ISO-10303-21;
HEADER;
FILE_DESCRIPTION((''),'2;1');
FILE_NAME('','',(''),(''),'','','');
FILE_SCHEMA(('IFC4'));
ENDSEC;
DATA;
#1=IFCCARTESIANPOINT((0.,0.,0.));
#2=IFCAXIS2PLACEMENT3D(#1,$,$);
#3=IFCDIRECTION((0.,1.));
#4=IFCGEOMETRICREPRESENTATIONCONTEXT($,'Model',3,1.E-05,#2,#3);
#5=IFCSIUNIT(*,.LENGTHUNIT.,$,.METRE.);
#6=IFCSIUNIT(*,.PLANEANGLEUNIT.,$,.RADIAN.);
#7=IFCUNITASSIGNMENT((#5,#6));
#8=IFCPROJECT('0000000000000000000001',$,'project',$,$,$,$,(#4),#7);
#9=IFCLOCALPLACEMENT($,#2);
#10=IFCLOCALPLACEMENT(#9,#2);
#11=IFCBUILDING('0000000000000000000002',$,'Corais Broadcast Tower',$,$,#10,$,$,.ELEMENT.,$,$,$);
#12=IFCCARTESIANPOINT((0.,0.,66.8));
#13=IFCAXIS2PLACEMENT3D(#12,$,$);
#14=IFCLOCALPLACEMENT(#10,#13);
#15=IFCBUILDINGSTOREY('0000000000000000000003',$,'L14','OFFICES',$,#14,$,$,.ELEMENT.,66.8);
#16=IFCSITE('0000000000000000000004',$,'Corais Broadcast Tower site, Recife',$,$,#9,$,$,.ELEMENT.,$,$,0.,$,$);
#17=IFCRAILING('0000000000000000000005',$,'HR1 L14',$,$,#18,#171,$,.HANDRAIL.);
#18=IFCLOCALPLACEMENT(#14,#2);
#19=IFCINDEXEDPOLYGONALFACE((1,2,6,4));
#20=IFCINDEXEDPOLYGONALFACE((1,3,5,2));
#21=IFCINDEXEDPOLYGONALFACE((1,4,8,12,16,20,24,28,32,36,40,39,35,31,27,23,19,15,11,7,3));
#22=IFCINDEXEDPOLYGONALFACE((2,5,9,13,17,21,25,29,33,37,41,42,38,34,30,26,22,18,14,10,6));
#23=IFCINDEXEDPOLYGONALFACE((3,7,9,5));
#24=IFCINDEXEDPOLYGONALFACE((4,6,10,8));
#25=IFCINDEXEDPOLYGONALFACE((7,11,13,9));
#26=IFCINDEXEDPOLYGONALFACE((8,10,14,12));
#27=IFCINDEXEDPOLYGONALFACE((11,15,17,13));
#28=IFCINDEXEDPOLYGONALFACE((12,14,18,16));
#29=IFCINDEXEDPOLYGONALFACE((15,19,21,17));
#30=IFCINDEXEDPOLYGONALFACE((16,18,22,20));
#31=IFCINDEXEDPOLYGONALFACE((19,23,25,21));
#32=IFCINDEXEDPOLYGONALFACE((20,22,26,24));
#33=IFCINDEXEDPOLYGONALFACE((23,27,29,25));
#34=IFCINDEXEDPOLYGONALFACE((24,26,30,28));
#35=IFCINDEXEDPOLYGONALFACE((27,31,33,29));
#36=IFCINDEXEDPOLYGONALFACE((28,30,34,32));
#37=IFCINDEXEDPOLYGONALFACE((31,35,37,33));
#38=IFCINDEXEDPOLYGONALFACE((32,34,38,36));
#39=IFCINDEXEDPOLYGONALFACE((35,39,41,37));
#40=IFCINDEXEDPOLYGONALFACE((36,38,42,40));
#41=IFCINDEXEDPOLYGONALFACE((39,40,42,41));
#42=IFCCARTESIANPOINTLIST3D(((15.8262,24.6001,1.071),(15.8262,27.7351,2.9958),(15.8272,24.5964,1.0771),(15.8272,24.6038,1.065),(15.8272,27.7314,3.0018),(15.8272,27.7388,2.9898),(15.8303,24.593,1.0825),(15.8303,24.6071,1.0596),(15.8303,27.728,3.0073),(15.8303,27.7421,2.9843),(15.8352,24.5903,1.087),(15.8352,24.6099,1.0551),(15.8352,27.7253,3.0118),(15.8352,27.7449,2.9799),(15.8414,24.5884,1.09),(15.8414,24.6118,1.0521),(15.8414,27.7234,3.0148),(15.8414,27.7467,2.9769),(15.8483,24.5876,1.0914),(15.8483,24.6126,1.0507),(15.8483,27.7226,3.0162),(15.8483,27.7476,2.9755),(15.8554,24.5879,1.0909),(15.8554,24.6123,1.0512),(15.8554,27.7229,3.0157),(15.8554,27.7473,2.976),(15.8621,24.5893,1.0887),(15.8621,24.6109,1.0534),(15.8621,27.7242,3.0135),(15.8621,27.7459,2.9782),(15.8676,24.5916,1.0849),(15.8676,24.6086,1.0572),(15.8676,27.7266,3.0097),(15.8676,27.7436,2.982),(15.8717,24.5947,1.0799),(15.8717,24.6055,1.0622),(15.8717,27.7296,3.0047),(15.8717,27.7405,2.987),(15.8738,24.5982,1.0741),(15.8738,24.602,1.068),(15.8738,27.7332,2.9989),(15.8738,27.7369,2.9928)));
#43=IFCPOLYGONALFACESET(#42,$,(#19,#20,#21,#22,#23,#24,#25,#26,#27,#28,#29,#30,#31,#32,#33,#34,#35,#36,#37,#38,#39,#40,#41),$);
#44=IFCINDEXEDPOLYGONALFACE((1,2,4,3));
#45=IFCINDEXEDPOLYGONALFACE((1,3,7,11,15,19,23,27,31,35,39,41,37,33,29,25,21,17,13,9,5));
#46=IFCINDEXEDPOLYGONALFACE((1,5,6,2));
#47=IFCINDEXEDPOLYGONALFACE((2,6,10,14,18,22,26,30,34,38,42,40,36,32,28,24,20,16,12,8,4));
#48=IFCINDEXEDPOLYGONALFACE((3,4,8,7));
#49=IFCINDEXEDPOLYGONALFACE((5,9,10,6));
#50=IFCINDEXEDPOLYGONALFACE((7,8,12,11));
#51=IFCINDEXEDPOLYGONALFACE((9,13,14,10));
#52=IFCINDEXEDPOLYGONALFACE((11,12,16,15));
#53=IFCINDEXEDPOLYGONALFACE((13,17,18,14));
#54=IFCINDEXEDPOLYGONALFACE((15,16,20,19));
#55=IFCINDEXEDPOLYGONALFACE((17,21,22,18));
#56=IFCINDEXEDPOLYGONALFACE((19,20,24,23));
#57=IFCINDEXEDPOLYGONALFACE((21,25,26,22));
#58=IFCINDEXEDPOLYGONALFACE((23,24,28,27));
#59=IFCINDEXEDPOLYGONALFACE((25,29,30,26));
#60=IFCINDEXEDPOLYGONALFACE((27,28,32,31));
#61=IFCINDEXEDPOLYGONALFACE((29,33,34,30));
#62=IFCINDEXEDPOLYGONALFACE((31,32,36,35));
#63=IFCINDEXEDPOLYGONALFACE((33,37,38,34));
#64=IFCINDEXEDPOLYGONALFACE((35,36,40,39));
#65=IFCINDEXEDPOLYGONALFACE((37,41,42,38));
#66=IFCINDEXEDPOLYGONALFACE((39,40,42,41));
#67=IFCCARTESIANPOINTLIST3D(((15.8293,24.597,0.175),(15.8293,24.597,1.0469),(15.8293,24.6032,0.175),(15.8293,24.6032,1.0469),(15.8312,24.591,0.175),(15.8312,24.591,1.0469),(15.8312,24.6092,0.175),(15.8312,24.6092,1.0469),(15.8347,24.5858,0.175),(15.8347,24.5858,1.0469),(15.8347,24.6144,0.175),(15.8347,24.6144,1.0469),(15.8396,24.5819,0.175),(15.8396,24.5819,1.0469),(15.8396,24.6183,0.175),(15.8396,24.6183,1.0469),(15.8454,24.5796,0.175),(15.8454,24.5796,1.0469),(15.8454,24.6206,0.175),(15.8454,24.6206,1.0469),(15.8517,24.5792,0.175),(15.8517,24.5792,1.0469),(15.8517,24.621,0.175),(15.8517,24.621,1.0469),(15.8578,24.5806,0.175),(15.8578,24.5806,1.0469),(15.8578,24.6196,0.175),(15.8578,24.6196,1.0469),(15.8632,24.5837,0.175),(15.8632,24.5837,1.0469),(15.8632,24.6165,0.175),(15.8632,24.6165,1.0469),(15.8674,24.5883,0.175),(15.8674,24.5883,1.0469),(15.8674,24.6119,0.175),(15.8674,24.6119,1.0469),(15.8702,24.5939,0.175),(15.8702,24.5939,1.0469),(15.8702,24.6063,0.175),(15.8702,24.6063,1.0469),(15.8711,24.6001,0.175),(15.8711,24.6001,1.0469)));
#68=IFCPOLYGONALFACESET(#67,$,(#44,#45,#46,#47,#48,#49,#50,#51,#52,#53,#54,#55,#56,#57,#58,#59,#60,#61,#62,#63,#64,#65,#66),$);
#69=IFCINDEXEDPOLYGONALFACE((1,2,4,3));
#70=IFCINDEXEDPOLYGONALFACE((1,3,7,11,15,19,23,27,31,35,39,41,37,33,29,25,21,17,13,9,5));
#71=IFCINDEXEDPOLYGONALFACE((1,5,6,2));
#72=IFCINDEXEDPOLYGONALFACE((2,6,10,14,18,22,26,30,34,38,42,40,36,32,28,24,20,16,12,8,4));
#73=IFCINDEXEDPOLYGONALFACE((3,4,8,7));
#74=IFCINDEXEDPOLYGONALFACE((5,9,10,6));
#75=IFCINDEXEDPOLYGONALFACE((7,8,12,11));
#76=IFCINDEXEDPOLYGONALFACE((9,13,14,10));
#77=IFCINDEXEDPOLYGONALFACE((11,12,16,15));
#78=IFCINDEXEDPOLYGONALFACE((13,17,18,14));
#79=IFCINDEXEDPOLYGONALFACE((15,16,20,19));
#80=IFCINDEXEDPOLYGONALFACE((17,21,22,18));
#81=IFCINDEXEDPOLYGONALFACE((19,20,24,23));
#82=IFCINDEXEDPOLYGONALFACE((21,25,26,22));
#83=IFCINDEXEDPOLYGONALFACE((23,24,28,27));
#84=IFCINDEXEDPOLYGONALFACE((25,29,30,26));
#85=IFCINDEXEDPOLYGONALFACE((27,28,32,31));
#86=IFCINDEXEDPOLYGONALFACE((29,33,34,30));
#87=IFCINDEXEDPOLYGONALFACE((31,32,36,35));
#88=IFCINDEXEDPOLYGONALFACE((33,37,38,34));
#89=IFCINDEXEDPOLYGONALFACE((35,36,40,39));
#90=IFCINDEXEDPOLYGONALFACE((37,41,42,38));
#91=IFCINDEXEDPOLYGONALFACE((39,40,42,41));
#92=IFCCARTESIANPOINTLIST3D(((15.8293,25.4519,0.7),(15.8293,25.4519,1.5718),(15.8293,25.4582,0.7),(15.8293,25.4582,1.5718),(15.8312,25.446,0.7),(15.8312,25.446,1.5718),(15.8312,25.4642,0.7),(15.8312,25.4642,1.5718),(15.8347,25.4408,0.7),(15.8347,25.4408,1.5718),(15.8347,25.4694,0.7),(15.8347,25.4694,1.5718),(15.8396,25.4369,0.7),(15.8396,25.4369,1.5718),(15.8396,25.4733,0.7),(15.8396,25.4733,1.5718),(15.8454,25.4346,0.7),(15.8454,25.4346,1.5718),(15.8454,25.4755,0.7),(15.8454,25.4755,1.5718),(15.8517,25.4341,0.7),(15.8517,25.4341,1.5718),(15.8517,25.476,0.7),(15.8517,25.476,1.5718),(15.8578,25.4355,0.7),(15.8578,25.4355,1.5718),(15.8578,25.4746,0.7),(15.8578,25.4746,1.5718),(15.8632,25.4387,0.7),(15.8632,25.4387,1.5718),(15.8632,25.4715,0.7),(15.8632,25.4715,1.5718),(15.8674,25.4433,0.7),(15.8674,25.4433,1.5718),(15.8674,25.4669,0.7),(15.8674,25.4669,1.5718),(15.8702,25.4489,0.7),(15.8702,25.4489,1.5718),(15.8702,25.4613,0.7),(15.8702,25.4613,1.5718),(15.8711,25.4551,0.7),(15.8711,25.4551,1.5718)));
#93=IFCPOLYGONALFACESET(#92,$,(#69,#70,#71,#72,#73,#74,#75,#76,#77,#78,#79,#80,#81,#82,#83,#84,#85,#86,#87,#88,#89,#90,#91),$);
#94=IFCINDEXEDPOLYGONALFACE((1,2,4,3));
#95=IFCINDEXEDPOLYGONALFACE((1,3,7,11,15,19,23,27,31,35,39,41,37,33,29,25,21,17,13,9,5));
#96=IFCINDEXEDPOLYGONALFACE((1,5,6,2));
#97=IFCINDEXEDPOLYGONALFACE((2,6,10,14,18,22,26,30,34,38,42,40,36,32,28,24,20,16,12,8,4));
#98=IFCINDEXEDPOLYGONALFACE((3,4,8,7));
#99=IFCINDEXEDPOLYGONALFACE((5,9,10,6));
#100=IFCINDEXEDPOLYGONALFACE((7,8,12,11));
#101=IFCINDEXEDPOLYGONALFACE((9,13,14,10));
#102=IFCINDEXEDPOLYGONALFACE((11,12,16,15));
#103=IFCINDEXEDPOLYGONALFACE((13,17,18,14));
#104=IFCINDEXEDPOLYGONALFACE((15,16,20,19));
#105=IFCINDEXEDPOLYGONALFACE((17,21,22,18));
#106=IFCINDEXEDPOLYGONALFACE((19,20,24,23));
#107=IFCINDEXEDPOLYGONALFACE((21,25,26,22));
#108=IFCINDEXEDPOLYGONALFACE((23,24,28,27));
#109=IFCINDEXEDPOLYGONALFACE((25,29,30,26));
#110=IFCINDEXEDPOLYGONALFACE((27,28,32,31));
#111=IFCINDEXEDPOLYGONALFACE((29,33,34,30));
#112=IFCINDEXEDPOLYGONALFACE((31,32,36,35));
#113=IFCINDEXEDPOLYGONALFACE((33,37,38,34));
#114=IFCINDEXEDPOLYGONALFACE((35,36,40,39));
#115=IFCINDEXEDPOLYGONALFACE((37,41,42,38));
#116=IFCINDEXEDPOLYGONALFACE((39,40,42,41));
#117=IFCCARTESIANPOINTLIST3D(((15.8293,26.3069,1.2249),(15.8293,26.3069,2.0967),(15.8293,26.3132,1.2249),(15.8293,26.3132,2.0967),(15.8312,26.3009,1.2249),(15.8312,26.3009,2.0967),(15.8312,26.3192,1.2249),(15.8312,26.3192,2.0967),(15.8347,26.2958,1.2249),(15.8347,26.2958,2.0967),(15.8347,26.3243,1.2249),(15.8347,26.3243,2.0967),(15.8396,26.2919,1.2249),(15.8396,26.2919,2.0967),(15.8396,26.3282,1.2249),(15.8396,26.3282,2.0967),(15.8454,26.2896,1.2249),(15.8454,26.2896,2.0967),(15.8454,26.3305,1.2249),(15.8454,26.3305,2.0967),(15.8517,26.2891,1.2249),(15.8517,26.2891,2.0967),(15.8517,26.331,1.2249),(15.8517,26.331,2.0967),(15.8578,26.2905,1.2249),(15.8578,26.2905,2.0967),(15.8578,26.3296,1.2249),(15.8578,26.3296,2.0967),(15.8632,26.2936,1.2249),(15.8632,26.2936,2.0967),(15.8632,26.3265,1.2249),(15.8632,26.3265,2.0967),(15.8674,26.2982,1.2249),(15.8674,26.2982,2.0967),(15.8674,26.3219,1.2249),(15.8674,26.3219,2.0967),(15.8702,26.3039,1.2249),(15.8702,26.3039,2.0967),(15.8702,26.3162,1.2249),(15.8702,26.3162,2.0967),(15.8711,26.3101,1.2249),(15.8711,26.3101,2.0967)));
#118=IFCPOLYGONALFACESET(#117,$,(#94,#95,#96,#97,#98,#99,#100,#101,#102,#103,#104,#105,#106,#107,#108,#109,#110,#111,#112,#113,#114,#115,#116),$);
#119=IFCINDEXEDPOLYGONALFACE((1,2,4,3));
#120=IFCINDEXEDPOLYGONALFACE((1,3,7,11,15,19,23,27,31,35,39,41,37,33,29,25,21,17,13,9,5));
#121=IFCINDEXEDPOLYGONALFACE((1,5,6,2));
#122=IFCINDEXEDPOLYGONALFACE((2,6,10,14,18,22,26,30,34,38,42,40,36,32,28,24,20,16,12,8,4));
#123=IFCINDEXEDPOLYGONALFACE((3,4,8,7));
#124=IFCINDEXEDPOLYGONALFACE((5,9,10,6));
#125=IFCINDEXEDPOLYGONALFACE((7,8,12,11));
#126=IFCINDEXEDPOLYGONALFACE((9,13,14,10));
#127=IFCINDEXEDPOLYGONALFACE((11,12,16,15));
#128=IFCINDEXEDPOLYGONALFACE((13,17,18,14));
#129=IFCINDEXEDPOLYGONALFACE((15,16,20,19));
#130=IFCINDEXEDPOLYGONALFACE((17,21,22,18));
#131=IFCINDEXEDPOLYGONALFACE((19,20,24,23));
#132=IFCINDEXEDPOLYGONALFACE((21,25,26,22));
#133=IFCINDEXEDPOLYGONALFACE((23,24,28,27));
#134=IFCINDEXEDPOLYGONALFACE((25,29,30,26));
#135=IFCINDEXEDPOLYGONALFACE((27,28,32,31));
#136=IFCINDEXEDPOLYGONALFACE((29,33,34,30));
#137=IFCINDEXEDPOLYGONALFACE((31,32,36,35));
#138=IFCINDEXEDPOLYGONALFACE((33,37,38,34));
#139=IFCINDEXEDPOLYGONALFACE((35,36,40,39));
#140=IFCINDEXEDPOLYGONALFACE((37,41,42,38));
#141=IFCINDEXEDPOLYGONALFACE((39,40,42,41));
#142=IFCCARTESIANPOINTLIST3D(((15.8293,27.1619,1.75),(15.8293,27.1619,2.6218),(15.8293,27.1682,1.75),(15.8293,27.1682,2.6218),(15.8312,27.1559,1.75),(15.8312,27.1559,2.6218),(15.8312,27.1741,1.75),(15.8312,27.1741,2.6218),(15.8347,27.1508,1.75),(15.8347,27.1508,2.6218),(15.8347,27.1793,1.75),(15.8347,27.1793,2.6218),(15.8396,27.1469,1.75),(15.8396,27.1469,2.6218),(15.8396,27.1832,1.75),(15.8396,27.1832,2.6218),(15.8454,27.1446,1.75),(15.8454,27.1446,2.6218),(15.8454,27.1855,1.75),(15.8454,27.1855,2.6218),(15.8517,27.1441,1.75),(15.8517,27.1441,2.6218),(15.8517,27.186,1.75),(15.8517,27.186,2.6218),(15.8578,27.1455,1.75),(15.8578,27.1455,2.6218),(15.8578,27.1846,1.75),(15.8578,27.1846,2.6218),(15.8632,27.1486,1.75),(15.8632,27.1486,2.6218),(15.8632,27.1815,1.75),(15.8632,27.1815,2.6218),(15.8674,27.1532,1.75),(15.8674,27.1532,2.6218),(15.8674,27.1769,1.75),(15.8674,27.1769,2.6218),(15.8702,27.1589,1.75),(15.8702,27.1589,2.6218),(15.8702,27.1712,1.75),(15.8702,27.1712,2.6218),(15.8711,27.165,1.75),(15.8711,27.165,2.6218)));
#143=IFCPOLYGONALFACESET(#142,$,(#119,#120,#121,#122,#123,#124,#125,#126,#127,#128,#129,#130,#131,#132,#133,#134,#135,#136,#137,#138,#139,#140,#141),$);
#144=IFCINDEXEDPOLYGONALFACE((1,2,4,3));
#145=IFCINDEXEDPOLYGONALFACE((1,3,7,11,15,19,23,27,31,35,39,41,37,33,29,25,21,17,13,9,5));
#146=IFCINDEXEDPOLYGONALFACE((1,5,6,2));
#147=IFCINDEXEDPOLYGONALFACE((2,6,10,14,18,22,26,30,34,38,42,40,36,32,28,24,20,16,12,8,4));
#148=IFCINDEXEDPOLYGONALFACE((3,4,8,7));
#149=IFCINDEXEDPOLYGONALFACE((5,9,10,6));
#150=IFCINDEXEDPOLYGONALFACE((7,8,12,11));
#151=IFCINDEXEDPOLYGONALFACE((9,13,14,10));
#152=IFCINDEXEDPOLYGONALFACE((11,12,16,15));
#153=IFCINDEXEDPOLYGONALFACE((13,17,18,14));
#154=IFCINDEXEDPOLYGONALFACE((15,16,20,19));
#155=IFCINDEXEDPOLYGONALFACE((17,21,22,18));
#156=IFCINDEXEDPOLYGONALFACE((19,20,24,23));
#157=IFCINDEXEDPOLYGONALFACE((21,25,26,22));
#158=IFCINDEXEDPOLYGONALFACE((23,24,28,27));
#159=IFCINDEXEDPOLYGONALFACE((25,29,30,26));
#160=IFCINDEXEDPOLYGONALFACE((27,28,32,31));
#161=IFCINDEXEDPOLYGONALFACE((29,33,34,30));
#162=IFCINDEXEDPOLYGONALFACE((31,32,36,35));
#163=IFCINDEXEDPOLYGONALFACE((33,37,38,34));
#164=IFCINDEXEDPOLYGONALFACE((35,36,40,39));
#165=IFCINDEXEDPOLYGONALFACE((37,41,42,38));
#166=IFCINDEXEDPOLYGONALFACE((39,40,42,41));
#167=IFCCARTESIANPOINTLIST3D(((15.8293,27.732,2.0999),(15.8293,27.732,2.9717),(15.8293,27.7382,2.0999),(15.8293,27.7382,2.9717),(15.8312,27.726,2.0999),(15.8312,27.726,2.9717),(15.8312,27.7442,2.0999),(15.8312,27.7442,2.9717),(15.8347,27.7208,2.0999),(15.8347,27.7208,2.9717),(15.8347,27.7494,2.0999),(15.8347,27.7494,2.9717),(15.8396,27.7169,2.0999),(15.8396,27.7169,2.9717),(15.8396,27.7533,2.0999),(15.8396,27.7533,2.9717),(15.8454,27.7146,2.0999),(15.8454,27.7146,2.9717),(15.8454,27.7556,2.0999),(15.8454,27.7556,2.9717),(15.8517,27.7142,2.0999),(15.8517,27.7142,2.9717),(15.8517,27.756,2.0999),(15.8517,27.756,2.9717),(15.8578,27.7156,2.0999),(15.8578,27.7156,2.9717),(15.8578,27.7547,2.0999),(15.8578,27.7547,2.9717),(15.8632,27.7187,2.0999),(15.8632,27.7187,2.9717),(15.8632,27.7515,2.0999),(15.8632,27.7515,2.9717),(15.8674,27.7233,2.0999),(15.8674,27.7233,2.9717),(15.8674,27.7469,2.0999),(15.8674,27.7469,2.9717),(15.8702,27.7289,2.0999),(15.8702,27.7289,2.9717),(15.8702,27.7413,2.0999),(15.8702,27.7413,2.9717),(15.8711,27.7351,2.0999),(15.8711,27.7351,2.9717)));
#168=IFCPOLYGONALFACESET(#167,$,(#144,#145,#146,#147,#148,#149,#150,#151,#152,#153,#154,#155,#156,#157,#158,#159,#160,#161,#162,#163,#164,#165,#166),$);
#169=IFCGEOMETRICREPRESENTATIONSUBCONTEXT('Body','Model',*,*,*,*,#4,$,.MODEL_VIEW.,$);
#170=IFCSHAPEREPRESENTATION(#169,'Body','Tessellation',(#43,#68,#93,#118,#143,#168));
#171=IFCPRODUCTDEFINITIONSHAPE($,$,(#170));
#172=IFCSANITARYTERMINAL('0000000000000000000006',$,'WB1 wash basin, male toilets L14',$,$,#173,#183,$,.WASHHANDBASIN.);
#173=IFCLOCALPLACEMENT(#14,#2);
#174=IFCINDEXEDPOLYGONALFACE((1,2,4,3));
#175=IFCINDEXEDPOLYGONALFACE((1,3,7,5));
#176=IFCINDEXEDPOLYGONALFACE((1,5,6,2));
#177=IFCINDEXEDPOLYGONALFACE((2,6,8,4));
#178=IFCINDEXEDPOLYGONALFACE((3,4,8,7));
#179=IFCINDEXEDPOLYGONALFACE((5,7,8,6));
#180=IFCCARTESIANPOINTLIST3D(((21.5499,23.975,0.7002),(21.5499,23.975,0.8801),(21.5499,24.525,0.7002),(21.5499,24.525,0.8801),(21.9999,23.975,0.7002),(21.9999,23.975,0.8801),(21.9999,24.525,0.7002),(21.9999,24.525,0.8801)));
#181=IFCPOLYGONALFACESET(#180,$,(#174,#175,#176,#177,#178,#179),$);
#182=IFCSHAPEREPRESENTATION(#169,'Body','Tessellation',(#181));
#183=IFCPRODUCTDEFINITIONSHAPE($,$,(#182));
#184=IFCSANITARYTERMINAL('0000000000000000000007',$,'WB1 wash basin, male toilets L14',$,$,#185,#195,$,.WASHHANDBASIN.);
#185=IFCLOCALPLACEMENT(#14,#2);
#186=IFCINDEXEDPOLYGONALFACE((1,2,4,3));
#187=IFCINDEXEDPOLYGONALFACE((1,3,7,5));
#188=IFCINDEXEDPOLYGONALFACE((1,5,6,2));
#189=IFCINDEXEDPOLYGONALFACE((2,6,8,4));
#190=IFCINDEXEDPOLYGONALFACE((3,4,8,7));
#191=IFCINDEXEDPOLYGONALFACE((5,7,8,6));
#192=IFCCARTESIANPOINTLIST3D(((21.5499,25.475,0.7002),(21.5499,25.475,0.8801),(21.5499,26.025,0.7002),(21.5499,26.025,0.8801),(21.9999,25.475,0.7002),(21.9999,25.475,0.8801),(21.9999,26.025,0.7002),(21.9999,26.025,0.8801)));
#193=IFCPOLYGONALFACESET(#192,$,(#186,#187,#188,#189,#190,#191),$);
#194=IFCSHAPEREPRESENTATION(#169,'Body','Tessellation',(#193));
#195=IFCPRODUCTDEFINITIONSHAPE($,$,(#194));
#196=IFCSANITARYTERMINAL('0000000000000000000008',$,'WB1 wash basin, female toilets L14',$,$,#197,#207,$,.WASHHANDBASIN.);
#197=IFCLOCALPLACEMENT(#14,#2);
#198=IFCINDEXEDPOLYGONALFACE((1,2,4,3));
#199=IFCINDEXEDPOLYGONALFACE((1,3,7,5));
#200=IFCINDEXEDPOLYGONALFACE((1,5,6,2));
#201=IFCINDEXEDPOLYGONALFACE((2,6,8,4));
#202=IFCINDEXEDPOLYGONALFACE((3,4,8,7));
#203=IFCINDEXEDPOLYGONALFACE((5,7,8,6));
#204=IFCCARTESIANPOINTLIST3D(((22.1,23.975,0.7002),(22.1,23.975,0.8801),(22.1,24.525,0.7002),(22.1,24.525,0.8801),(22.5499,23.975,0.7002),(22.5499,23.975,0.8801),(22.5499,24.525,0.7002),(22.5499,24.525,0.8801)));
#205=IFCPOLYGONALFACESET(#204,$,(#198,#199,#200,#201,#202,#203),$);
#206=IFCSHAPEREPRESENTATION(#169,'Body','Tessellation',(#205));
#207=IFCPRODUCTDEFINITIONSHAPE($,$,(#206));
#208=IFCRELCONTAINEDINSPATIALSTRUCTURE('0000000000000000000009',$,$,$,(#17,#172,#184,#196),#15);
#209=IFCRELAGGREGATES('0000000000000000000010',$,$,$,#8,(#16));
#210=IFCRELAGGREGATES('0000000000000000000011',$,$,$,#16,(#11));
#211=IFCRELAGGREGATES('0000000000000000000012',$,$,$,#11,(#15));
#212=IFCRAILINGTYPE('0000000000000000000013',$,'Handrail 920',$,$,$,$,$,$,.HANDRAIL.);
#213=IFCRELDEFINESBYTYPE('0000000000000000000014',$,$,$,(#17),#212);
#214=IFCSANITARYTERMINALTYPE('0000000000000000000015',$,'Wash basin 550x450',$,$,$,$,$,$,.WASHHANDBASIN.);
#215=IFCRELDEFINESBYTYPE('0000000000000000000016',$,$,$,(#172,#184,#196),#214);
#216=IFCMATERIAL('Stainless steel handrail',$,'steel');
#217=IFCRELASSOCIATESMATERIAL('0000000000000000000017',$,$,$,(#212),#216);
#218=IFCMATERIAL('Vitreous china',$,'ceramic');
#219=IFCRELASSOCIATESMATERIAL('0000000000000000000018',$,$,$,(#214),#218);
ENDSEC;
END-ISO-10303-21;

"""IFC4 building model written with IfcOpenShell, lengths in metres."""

from ifc_helpers import new_model, si_unit, direction, frame, origin, origin_2d, place, context, subcontext, project, spatial, rectangle, circle, extrude, material, type_object, element, save


model = new_model("IFC4")

# Units and contexts
model_context = context("Model", 3, precision=1e-05, world=origin(), true_north=direction((0.0, 1.0)))
body_context = subcontext(model_context, "Body", "Model", "MODEL_VIEW")
ifc_project = project(units=[si_unit("LENGTHUNIT", "METRE"), si_unit("PLANEANGLEUNIT", "RADIAN")], contexts=[model_context])

# Site, building, storey
site_placement = place(None, origin())
site = spatial("IfcSite", under=ifc_project, at=site_placement, Name="Corais Broadcast Tower site, Recife", CompositionType="ELEMENT", RefElevation=0.0)
building_placement = place(site_placement, origin())
building = spatial("IfcBuilding", under=site, at=building_placement, Name="Corais Broadcast Tower", CompositionType="ELEMENT")
storey_placement = place(building_placement, frame((0.0, 0.0, 66.8)))
storey = spatial("IfcBuildingStorey", under=building, at=storey_placement, Name="L14", Description="OFFICES", CompositionType="ELEMENT", Elevation=66.8)

# Railing
ifc_material_1 = material(Name="Stainless steel handrail", Category="steel")
railing_type = type_object("IfcRailingType", Name="Handrail 920", PredefinedType="HANDRAIL", material=ifc_material_1)
for number, where, name in (
    (1, (15.8501, 24.6001, 0.175), "HR1 L14"),
):
    element("IfcRailing", number, at=place(storey_placement, frame(where)), inside=storey, type_object=railing_type, Name=name, PredefinedType="HANDRAIL", context=body_context, shape_type="SweptSolid", body=[
        extrude(circle(Radius=0.0239, at=origin_2d()), frame((0.0, 0.0, 0.896), z_axis=(0.0, 0.852196, 0.523223), x_axis=(-1.0, 0.0, 0.0)), (0.0, 0.0, 1.0), 3.6787),
        extrude(circle(Radius=0.021, at=origin_2d()), origin(), (0.0, 0.0, 1.0), 0.8718),
        extrude(circle(Radius=0.021, at=origin_2d()), frame((0.0, 0.855, 0.5249)), (0.0, 0.0, 1.0), 0.8718),
        extrude(circle(Radius=0.021, at=origin_2d()), frame((0.0, 1.71, 1.0498)), (0.0, 0.0, 1.0), 0.8718),
        extrude(circle(Radius=0.021, at=origin_2d()), frame((0.0, 2.5649, 1.575)), (0.0, 0.0, 1.0), 0.8718),
        extrude(circle(Radius=0.021, at=origin_2d()), frame((0.0, 3.135, 1.9248)), (0.0, 0.0, 1.0), 0.8718),
    ])

# Sanitary terminals
ifc_material_2 = material(Name="Vitreous china", Category="ceramic")
sanitary_terminal_type = type_object("IfcSanitaryTerminalType", Name="Wash basin 550x450", PredefinedType="WASHHANDBASIN", material=ifc_material_2)
for number, where, z_axis, x_axis, name in (
    (2, (21.7749, 24.25, 0.7002), (0.0, 0.0, 1.0), (1.0, 0.0, 0.0), "WB1 wash basin, male toilets L14"),
    (3, (21.7749, 25.75, 0.7002), (0.0, 0.0, 1.0), (1.0, 0.0, 0.0), "WB1 wash basin, male toilets L14"),
    (4, (22.325, 24.25, 0.7002), (0.0, 0.0, 1.0), (1.0, 0.0, 0.0), "WB1 wash basin, female toilets L14"),
):
    element("IfcSanitaryTerminal", number, at=place(storey_placement, frame(where, z_axis=z_axis, x_axis=x_axis)), inside=storey, type_object=sanitary_terminal_type, Name=name, PredefinedType="WASHHANDBASIN", context=body_context, shape_type="SweptSolid", body=[
        extrude(rectangle(XDim=0.45, YDim=0.55, at=origin_2d()), origin(), (0.0, 0.0, 1.0), 0.1799),
    ])

save(model, "model.ifc")
